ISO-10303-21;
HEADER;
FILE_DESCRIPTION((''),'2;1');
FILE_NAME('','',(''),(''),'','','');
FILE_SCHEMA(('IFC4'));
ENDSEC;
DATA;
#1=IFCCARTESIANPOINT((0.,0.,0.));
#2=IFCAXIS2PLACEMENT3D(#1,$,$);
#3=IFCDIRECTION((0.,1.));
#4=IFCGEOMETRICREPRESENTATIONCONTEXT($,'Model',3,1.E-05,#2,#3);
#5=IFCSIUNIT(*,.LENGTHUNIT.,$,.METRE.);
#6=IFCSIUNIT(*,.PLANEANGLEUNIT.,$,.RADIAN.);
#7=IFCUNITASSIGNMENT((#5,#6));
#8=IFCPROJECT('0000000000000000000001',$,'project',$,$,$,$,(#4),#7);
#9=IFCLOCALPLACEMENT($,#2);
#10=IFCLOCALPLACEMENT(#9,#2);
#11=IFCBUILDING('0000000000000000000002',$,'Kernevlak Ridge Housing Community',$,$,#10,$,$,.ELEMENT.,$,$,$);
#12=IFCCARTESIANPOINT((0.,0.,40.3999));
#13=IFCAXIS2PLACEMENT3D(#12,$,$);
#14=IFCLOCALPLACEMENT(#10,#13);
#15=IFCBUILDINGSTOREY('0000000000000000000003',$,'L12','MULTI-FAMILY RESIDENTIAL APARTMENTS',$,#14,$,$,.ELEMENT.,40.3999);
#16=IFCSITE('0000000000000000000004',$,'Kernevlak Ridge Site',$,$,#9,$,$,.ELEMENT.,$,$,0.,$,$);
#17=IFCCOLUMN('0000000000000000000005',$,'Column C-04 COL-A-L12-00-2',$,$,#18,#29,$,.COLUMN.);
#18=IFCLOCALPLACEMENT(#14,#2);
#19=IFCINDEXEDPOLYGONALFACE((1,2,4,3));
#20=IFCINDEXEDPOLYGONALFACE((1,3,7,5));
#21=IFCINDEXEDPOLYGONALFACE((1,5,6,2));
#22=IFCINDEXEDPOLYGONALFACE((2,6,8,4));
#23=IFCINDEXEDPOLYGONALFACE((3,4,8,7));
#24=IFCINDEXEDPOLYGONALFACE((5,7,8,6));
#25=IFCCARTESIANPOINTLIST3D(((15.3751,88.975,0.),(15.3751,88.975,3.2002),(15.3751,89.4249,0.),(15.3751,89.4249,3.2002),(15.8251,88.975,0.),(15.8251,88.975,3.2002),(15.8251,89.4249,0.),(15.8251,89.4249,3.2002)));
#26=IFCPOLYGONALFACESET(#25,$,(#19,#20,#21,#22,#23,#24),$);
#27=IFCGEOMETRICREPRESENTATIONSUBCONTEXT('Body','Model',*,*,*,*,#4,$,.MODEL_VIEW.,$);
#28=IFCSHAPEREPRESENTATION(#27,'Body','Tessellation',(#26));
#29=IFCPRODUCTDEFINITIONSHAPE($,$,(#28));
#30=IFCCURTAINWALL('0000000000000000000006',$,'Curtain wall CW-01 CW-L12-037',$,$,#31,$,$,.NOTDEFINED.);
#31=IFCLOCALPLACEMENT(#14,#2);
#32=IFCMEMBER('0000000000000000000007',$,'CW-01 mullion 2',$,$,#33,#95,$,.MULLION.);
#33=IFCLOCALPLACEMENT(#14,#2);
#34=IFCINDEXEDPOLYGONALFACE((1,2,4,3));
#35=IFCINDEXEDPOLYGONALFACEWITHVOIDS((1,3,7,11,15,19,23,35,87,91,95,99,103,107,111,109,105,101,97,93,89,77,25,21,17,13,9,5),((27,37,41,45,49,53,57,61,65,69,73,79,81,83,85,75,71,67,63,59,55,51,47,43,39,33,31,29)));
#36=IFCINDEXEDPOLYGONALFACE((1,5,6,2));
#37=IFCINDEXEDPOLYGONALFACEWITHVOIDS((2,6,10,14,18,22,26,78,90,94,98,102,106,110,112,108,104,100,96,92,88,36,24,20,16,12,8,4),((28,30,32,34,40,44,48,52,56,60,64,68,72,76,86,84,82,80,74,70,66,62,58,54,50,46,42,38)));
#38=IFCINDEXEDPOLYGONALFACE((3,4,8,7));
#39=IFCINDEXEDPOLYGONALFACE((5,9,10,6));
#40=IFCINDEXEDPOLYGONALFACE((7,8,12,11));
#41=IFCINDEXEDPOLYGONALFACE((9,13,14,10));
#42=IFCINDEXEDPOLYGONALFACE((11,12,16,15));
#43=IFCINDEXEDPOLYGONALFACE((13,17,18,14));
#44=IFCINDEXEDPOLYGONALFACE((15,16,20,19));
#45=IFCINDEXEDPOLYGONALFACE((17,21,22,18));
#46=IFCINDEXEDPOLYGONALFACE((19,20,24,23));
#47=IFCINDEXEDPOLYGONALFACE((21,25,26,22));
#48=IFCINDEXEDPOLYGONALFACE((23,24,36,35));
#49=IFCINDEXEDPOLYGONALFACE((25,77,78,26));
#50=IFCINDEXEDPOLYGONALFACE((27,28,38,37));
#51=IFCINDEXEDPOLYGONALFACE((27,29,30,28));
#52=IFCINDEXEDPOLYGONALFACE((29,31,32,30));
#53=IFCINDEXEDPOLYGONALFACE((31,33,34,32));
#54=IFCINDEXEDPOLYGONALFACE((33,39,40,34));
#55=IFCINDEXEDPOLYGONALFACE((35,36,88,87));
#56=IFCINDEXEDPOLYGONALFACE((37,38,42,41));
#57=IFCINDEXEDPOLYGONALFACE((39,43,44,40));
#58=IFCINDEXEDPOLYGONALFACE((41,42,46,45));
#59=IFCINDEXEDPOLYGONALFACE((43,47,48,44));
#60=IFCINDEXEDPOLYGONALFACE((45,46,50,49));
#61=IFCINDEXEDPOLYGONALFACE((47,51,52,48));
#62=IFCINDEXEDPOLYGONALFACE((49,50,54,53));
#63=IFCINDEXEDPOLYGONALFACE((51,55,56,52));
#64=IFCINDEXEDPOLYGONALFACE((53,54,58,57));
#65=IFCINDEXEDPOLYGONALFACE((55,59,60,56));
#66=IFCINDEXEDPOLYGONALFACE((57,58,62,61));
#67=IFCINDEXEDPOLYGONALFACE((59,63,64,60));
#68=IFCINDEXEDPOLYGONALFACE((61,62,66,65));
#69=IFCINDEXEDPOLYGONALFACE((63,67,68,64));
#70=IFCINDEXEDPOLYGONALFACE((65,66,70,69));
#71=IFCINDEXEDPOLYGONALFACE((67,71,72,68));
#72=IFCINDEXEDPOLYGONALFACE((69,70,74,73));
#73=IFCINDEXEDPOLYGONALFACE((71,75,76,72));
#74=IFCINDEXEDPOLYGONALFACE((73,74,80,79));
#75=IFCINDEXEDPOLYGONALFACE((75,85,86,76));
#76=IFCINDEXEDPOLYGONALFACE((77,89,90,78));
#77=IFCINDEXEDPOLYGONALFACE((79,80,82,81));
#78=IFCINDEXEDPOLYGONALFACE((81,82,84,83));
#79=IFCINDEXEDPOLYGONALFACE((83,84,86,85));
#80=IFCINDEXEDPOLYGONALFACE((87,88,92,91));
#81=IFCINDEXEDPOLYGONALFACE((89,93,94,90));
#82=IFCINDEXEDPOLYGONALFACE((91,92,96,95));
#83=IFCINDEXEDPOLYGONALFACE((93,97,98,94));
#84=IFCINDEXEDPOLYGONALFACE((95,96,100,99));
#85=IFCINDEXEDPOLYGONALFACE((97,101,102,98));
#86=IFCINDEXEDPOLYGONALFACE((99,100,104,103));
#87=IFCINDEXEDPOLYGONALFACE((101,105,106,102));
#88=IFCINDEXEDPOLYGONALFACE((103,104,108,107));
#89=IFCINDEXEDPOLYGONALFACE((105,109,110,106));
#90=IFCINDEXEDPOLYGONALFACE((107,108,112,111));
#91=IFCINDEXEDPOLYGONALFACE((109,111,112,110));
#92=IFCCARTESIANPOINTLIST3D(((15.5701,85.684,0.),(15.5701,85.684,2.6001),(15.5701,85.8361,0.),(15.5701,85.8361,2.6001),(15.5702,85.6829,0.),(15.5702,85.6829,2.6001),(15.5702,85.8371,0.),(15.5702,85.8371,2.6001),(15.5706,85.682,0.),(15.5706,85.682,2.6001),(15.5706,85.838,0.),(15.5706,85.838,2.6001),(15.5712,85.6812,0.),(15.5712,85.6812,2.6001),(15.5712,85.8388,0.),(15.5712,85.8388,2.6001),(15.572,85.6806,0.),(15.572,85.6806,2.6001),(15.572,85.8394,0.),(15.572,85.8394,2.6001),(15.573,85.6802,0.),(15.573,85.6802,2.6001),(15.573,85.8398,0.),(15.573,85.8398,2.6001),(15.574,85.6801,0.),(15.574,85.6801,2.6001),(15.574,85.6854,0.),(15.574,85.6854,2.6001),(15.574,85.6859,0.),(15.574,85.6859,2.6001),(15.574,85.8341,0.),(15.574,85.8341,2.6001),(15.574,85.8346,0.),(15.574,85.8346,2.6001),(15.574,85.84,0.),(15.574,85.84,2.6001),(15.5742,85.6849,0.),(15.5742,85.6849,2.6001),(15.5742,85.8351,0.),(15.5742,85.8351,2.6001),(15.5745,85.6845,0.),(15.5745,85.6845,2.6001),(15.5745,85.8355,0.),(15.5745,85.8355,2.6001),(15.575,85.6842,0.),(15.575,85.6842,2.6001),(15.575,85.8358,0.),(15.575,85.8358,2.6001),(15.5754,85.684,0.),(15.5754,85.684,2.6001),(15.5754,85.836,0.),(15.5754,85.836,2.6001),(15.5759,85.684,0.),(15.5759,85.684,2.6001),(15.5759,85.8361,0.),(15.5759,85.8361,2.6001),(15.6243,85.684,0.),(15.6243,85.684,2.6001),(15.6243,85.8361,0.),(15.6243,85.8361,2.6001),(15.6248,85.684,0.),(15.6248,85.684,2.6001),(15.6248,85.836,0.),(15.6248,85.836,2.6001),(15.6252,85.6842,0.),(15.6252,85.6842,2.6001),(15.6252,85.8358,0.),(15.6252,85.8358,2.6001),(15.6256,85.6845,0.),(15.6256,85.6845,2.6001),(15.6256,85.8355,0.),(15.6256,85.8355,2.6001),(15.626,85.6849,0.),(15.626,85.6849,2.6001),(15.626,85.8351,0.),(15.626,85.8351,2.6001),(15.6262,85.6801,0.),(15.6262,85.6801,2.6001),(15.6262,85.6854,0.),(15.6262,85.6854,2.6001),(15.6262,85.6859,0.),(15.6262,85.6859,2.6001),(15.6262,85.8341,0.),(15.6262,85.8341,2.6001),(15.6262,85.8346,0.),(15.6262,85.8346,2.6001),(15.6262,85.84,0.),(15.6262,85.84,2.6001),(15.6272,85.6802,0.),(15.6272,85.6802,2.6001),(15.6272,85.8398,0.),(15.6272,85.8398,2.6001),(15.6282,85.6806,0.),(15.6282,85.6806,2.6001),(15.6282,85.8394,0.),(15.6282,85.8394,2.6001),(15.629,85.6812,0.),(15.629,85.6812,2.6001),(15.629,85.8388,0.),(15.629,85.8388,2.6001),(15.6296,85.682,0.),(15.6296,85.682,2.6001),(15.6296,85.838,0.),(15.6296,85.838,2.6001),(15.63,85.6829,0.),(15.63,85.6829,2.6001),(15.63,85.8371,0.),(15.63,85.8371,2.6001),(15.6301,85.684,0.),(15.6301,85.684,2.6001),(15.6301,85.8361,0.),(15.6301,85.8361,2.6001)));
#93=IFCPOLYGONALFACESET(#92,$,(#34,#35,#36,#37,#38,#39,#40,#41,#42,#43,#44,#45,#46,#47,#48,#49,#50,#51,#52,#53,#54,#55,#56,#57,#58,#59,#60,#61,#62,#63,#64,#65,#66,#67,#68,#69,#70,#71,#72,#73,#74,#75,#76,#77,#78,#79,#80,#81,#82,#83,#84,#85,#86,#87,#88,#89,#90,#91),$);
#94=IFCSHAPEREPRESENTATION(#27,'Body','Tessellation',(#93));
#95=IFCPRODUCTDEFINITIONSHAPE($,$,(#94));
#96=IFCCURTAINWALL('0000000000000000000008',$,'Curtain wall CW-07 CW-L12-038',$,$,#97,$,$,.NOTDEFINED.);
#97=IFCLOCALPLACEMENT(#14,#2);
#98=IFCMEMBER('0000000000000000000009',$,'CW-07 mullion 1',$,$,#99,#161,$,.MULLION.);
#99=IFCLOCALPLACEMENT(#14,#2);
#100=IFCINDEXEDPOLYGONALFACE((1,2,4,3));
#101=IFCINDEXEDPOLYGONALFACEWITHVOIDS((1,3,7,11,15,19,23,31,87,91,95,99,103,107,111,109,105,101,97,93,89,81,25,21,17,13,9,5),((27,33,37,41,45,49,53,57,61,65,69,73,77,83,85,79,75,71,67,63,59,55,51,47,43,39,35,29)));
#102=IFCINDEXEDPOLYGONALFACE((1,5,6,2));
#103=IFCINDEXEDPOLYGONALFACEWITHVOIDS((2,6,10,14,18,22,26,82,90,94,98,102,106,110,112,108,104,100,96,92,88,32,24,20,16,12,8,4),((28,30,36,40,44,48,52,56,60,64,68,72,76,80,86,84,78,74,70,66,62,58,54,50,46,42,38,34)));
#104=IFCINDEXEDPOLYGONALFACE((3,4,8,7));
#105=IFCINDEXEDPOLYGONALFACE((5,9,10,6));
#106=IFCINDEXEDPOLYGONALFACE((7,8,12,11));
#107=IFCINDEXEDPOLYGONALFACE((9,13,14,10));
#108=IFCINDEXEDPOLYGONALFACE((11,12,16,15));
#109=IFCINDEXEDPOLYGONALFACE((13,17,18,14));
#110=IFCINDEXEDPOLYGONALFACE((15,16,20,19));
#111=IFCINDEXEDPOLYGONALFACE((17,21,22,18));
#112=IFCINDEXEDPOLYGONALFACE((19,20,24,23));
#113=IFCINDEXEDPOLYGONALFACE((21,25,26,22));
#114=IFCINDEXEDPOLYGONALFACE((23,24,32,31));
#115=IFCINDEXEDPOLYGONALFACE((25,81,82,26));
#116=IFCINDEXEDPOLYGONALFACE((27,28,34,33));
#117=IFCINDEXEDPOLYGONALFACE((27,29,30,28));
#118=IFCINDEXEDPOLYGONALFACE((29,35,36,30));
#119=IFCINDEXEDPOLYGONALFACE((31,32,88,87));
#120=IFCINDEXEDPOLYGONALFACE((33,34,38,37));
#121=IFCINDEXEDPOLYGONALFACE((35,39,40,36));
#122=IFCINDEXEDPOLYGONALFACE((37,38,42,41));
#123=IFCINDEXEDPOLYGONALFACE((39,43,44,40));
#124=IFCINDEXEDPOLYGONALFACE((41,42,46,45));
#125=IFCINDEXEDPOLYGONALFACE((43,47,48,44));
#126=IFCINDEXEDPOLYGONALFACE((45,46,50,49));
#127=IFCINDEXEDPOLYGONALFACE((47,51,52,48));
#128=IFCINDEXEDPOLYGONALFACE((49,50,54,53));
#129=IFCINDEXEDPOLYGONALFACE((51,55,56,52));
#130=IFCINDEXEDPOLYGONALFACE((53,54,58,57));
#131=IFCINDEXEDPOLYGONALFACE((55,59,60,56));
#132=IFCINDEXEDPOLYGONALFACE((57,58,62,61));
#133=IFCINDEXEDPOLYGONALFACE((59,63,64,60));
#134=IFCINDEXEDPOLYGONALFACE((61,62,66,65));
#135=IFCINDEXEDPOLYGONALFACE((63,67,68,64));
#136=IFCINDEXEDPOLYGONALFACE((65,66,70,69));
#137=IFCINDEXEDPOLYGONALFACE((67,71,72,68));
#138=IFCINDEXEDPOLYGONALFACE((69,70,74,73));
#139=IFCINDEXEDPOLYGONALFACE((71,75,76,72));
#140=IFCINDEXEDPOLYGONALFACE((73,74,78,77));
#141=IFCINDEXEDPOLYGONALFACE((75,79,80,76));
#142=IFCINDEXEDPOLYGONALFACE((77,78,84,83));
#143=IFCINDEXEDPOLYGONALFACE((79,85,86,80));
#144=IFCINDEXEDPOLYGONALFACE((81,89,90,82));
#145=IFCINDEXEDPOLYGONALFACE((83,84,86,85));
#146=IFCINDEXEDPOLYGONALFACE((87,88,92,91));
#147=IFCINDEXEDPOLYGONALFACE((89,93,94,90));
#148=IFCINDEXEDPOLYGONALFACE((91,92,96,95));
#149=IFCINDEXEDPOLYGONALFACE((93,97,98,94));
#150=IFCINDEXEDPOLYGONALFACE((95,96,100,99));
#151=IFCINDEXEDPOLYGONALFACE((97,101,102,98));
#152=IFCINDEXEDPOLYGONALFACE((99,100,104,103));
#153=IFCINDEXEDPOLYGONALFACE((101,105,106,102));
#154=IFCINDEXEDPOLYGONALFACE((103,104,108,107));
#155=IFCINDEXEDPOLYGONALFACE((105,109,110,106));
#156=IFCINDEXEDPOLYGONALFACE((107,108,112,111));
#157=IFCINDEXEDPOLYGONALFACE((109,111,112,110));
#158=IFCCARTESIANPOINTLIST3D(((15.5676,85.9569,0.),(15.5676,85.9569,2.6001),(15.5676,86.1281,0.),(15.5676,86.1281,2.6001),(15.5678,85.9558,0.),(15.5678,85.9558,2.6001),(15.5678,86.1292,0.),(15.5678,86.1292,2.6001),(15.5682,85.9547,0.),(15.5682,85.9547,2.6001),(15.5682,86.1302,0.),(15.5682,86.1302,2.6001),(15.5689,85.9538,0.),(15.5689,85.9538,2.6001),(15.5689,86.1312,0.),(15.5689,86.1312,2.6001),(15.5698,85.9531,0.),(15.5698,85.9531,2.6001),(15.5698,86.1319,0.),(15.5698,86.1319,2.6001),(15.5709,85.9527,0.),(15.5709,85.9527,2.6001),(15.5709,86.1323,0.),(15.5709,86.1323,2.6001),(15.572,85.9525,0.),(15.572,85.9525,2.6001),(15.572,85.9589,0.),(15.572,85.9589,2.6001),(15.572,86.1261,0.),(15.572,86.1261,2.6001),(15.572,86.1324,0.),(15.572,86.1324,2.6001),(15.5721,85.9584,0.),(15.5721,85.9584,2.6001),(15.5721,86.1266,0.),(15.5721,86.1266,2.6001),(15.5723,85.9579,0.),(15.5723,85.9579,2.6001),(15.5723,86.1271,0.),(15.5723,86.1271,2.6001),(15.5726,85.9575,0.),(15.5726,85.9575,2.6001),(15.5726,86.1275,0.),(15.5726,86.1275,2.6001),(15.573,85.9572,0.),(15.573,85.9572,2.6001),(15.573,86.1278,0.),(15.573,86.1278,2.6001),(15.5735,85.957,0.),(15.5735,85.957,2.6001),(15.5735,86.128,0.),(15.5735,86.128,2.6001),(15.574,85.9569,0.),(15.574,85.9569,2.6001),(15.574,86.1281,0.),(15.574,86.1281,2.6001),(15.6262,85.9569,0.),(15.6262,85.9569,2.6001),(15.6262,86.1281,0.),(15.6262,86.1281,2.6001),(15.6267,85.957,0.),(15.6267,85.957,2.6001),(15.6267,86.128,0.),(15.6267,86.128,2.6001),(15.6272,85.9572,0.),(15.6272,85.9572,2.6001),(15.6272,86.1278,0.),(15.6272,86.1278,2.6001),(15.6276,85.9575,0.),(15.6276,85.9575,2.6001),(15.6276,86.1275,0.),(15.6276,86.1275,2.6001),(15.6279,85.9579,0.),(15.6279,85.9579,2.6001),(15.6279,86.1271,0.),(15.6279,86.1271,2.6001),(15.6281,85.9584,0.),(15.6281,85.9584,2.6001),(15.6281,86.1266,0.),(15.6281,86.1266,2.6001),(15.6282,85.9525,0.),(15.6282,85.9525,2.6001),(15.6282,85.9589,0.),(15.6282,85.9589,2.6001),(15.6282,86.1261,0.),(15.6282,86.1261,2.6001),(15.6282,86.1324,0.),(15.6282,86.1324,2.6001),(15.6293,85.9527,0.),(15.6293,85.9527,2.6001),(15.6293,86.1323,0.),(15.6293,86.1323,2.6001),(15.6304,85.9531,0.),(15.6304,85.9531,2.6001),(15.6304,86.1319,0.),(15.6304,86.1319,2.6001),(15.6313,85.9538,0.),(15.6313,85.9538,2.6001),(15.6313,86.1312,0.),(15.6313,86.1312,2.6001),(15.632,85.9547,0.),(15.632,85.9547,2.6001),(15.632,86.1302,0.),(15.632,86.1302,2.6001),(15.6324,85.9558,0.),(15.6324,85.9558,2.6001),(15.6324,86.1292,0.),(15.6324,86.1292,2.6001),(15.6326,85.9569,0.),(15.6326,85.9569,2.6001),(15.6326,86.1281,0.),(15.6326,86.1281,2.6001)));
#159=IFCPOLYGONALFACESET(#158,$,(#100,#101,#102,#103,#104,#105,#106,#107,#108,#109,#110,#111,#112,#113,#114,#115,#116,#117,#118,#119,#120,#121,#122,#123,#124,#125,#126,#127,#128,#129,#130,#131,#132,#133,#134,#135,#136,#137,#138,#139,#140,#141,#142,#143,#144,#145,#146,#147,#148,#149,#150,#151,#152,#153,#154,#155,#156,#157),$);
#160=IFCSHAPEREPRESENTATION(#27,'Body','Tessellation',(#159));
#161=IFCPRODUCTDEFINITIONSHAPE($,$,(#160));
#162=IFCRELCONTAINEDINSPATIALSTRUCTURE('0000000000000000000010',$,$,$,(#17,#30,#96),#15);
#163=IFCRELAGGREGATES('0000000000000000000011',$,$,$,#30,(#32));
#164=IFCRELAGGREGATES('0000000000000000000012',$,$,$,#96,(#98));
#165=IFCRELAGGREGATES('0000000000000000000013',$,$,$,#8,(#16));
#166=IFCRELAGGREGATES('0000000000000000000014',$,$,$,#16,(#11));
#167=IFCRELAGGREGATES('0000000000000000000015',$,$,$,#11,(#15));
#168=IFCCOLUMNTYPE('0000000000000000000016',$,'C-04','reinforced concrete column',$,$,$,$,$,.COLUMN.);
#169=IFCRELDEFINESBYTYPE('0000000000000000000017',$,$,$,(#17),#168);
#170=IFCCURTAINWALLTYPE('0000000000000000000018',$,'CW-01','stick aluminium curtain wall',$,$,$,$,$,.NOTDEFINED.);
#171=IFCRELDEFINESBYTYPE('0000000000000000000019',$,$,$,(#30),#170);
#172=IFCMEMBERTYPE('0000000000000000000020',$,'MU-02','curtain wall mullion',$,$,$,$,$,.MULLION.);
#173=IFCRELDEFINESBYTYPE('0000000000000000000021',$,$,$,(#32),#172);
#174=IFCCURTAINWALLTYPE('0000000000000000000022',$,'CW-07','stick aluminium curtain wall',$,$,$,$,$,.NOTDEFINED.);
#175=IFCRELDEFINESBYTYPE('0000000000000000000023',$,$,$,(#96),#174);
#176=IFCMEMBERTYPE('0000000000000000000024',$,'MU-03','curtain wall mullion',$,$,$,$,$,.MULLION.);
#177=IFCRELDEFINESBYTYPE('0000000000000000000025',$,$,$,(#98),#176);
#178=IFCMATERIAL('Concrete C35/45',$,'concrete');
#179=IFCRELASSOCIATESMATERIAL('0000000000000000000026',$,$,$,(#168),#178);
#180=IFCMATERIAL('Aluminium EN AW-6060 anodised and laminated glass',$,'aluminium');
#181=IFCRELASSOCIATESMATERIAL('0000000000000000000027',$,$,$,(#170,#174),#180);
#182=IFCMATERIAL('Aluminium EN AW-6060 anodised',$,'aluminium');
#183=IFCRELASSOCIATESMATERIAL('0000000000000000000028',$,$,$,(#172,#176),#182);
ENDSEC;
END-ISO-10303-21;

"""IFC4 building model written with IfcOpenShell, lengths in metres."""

from ifc_helpers import new_model, si_unit, direction, frame, origin, origin_2d, place, context, subcontext, project, spatial, rectangle, hollow_rectangle, extrude, material, material_profile, profile_set, type_object, element, aggregate, save


model = new_model("IFC4")

# Units and contexts
model_context = context("Model", 3, precision=1e-05, world=origin(), true_north=direction((0.0, 1.0)))
body_context = subcontext(model_context, "Body", "Model", "MODEL_VIEW")
ifc_project = project(units=[si_unit("LENGTHUNIT", "METRE"), si_unit("PLANEANGLEUNIT", "RADIAN")], contexts=[model_context])

# Site, building, storey
site_placement = place(None, origin())
site = spatial("IfcSite", under=ifc_project, at=site_placement, Name="Kernevlak Ridge Site", CompositionType="ELEMENT", RefElevation=0.0)
building_placement = place(site_placement, origin())
building = spatial("IfcBuilding", under=site, at=building_placement, Name="Kernevlak Ridge Housing Community", CompositionType="ELEMENT")
storey_placement = place(building_placement, frame((0.0, 0.0, 40.3999)))
storey = spatial("IfcBuildingStorey", under=building, at=storey_placement, Name="L12", Description="MULTI-FAMILY RESIDENTIAL APARTMENTS", CompositionType="ELEMENT", Elevation=40.3999)

# Column
ifc_material_1 = material(Name="Concrete C35/45", Category="concrete")
ifc_material_profile_1 = material_profile(ifc_material_1, rectangle(XDim=0.45, YDim=0.45, at=origin_2d()), Name="RC 450x450")
ifc_profile_set_1 = profile_set([ifc_material_profile_1], Name="Concrete C35/45")
column_type = type_object("IfcColumnType", Name="C-04", Description="reinforced concrete column", PredefinedType="COLUMN", material=ifc_profile_set_1)
column_placement = place(storey_placement, frame((15.6001, 89.2, 0.0), z_axis=(0.0, 0.0, 1.0), x_axis=(1.0, 0.0, 0.0)))
element("IfcColumn", 1, at=column_placement, inside=storey, type_object=column_type, Name="Column C-04 COL-A-L12-00-2", PredefinedType="COLUMN", context=body_context, shape_type="SweptSolid", body=[
    extrude(rectangle(XDim=0.45, YDim=0.45, at=origin_2d()), origin(), (0.0, 0.0, 1.0), 3.2002),
])

# Curtain wall, member
ifc_material_2 = material(Name="Aluminium EN AW-6060 anodised and laminated glass", Category="aluminium")
curtain_wall_type_1 = type_object("IfcCurtainWallType", Name="CW-01", Description="stick aluminium curtain wall", PredefinedType="NOTDEFINED", material=ifc_material_2)
curtain_wall_1_placement = place(storey_placement, origin())
curtain_wall_1 = element("IfcCurtainWall", 2, at=curtain_wall_1_placement, inside=storey, type_object=curtain_wall_type_1, Name="Curtain wall CW-01 CW-L12-037", PredefinedType="NOTDEFINED")
ifc_material_3 = material(Name="Aluminium EN AW-6060 anodised", Category="aluminium")
ifc_material_profile_2 = material_profile(ifc_material_3, hollow_rectangle(XDim=0.0601, YDim=0.1599, WallThickness=0.0039, InnerFilletRadius=0.002, OuterFilletRadius=0.0039, at=origin_2d()), Name="ALU 60x160x4")
ifc_profile_set_2 = profile_set([ifc_material_profile_2], Name="Aluminium EN AW-6060 anodised")
member_type_1 = type_object("IfcMemberType", Name="MU-02", Description="curtain wall mullion", PredefinedType="MULLION", material=ifc_profile_set_2)
member_1_placement = place(storey_placement, frame((15.6001, 85.76, 0.0), z_axis=(0.0, 0.0, 1.0), x_axis=(-1.0, 0.0, 0.0)))
member_1 = element("IfcMember", 3, at=member_1_placement, type_object=member_type_1, Name="CW-01 mullion 2", PredefinedType="MULLION", context=body_context, shape_type="SweptSolid", body=[
    extrude(hollow_rectangle(XDim=0.0601, YDim=0.1599, WallThickness=0.0039, InnerFilletRadius=0.002, OuterFilletRadius=0.0039, at=origin_2d()), origin(), (0.0, 0.0, 1.0), 2.6001),
])
aggregate(curtain_wall_1, [member_1])

# Curtain wall, member
curtain_wall_type_2 = type_object("IfcCurtainWallType", Name="CW-07", Description="stick aluminium curtain wall", PredefinedType="NOTDEFINED", material=ifc_material_2)
curtain_wall_2_placement = place(storey_placement, origin())
curtain_wall_2 = element("IfcCurtainWall", 4, at=curtain_wall_2_placement, inside=storey, type_object=curtain_wall_type_2, Name="Curtain wall CW-07 CW-L12-038", PredefinedType="NOTDEFINED")
ifc_material_profile_3 = material_profile(ifc_material_3, hollow_rectangle(XDim=0.0649, YDim=0.1799, WallThickness=0.0044, InnerFilletRadius=0.002, OuterFilletRadius=0.0044, at=origin_2d()), Name="ALU 65x180x4.5")
ifc_profile_set_3 = profile_set([ifc_material_profile_3], Name="Aluminium EN AW-6060 anodised")
member_type_2 = type_object("IfcMemberType", Name="MU-03", Description="curtain wall mullion", PredefinedType="MULLION", material=ifc_profile_set_3)
member_2_placement = place(storey_placement, frame((15.6001, 86.0425, 0.0), z_axis=(0.0, 0.0, 1.0), x_axis=(-1.0, 0.0, 0.0)))
member_2 = element("IfcMember", 5, at=member_2_placement, type_object=member_type_2, Name="CW-07 mullion 1", PredefinedType="MULLION", context=body_context, shape_type="SweptSolid", body=[
    extrude(hollow_rectangle(XDim=0.0649, YDim=0.1799, WallThickness=0.0044, InnerFilletRadius=0.002, OuterFilletRadius=0.0044, at=origin_2d()), origin(), (0.0, 0.0, 1.0), 2.6001),
])
aggregate(curtain_wall_2, [member_2])

save(model, "model.ifc")
